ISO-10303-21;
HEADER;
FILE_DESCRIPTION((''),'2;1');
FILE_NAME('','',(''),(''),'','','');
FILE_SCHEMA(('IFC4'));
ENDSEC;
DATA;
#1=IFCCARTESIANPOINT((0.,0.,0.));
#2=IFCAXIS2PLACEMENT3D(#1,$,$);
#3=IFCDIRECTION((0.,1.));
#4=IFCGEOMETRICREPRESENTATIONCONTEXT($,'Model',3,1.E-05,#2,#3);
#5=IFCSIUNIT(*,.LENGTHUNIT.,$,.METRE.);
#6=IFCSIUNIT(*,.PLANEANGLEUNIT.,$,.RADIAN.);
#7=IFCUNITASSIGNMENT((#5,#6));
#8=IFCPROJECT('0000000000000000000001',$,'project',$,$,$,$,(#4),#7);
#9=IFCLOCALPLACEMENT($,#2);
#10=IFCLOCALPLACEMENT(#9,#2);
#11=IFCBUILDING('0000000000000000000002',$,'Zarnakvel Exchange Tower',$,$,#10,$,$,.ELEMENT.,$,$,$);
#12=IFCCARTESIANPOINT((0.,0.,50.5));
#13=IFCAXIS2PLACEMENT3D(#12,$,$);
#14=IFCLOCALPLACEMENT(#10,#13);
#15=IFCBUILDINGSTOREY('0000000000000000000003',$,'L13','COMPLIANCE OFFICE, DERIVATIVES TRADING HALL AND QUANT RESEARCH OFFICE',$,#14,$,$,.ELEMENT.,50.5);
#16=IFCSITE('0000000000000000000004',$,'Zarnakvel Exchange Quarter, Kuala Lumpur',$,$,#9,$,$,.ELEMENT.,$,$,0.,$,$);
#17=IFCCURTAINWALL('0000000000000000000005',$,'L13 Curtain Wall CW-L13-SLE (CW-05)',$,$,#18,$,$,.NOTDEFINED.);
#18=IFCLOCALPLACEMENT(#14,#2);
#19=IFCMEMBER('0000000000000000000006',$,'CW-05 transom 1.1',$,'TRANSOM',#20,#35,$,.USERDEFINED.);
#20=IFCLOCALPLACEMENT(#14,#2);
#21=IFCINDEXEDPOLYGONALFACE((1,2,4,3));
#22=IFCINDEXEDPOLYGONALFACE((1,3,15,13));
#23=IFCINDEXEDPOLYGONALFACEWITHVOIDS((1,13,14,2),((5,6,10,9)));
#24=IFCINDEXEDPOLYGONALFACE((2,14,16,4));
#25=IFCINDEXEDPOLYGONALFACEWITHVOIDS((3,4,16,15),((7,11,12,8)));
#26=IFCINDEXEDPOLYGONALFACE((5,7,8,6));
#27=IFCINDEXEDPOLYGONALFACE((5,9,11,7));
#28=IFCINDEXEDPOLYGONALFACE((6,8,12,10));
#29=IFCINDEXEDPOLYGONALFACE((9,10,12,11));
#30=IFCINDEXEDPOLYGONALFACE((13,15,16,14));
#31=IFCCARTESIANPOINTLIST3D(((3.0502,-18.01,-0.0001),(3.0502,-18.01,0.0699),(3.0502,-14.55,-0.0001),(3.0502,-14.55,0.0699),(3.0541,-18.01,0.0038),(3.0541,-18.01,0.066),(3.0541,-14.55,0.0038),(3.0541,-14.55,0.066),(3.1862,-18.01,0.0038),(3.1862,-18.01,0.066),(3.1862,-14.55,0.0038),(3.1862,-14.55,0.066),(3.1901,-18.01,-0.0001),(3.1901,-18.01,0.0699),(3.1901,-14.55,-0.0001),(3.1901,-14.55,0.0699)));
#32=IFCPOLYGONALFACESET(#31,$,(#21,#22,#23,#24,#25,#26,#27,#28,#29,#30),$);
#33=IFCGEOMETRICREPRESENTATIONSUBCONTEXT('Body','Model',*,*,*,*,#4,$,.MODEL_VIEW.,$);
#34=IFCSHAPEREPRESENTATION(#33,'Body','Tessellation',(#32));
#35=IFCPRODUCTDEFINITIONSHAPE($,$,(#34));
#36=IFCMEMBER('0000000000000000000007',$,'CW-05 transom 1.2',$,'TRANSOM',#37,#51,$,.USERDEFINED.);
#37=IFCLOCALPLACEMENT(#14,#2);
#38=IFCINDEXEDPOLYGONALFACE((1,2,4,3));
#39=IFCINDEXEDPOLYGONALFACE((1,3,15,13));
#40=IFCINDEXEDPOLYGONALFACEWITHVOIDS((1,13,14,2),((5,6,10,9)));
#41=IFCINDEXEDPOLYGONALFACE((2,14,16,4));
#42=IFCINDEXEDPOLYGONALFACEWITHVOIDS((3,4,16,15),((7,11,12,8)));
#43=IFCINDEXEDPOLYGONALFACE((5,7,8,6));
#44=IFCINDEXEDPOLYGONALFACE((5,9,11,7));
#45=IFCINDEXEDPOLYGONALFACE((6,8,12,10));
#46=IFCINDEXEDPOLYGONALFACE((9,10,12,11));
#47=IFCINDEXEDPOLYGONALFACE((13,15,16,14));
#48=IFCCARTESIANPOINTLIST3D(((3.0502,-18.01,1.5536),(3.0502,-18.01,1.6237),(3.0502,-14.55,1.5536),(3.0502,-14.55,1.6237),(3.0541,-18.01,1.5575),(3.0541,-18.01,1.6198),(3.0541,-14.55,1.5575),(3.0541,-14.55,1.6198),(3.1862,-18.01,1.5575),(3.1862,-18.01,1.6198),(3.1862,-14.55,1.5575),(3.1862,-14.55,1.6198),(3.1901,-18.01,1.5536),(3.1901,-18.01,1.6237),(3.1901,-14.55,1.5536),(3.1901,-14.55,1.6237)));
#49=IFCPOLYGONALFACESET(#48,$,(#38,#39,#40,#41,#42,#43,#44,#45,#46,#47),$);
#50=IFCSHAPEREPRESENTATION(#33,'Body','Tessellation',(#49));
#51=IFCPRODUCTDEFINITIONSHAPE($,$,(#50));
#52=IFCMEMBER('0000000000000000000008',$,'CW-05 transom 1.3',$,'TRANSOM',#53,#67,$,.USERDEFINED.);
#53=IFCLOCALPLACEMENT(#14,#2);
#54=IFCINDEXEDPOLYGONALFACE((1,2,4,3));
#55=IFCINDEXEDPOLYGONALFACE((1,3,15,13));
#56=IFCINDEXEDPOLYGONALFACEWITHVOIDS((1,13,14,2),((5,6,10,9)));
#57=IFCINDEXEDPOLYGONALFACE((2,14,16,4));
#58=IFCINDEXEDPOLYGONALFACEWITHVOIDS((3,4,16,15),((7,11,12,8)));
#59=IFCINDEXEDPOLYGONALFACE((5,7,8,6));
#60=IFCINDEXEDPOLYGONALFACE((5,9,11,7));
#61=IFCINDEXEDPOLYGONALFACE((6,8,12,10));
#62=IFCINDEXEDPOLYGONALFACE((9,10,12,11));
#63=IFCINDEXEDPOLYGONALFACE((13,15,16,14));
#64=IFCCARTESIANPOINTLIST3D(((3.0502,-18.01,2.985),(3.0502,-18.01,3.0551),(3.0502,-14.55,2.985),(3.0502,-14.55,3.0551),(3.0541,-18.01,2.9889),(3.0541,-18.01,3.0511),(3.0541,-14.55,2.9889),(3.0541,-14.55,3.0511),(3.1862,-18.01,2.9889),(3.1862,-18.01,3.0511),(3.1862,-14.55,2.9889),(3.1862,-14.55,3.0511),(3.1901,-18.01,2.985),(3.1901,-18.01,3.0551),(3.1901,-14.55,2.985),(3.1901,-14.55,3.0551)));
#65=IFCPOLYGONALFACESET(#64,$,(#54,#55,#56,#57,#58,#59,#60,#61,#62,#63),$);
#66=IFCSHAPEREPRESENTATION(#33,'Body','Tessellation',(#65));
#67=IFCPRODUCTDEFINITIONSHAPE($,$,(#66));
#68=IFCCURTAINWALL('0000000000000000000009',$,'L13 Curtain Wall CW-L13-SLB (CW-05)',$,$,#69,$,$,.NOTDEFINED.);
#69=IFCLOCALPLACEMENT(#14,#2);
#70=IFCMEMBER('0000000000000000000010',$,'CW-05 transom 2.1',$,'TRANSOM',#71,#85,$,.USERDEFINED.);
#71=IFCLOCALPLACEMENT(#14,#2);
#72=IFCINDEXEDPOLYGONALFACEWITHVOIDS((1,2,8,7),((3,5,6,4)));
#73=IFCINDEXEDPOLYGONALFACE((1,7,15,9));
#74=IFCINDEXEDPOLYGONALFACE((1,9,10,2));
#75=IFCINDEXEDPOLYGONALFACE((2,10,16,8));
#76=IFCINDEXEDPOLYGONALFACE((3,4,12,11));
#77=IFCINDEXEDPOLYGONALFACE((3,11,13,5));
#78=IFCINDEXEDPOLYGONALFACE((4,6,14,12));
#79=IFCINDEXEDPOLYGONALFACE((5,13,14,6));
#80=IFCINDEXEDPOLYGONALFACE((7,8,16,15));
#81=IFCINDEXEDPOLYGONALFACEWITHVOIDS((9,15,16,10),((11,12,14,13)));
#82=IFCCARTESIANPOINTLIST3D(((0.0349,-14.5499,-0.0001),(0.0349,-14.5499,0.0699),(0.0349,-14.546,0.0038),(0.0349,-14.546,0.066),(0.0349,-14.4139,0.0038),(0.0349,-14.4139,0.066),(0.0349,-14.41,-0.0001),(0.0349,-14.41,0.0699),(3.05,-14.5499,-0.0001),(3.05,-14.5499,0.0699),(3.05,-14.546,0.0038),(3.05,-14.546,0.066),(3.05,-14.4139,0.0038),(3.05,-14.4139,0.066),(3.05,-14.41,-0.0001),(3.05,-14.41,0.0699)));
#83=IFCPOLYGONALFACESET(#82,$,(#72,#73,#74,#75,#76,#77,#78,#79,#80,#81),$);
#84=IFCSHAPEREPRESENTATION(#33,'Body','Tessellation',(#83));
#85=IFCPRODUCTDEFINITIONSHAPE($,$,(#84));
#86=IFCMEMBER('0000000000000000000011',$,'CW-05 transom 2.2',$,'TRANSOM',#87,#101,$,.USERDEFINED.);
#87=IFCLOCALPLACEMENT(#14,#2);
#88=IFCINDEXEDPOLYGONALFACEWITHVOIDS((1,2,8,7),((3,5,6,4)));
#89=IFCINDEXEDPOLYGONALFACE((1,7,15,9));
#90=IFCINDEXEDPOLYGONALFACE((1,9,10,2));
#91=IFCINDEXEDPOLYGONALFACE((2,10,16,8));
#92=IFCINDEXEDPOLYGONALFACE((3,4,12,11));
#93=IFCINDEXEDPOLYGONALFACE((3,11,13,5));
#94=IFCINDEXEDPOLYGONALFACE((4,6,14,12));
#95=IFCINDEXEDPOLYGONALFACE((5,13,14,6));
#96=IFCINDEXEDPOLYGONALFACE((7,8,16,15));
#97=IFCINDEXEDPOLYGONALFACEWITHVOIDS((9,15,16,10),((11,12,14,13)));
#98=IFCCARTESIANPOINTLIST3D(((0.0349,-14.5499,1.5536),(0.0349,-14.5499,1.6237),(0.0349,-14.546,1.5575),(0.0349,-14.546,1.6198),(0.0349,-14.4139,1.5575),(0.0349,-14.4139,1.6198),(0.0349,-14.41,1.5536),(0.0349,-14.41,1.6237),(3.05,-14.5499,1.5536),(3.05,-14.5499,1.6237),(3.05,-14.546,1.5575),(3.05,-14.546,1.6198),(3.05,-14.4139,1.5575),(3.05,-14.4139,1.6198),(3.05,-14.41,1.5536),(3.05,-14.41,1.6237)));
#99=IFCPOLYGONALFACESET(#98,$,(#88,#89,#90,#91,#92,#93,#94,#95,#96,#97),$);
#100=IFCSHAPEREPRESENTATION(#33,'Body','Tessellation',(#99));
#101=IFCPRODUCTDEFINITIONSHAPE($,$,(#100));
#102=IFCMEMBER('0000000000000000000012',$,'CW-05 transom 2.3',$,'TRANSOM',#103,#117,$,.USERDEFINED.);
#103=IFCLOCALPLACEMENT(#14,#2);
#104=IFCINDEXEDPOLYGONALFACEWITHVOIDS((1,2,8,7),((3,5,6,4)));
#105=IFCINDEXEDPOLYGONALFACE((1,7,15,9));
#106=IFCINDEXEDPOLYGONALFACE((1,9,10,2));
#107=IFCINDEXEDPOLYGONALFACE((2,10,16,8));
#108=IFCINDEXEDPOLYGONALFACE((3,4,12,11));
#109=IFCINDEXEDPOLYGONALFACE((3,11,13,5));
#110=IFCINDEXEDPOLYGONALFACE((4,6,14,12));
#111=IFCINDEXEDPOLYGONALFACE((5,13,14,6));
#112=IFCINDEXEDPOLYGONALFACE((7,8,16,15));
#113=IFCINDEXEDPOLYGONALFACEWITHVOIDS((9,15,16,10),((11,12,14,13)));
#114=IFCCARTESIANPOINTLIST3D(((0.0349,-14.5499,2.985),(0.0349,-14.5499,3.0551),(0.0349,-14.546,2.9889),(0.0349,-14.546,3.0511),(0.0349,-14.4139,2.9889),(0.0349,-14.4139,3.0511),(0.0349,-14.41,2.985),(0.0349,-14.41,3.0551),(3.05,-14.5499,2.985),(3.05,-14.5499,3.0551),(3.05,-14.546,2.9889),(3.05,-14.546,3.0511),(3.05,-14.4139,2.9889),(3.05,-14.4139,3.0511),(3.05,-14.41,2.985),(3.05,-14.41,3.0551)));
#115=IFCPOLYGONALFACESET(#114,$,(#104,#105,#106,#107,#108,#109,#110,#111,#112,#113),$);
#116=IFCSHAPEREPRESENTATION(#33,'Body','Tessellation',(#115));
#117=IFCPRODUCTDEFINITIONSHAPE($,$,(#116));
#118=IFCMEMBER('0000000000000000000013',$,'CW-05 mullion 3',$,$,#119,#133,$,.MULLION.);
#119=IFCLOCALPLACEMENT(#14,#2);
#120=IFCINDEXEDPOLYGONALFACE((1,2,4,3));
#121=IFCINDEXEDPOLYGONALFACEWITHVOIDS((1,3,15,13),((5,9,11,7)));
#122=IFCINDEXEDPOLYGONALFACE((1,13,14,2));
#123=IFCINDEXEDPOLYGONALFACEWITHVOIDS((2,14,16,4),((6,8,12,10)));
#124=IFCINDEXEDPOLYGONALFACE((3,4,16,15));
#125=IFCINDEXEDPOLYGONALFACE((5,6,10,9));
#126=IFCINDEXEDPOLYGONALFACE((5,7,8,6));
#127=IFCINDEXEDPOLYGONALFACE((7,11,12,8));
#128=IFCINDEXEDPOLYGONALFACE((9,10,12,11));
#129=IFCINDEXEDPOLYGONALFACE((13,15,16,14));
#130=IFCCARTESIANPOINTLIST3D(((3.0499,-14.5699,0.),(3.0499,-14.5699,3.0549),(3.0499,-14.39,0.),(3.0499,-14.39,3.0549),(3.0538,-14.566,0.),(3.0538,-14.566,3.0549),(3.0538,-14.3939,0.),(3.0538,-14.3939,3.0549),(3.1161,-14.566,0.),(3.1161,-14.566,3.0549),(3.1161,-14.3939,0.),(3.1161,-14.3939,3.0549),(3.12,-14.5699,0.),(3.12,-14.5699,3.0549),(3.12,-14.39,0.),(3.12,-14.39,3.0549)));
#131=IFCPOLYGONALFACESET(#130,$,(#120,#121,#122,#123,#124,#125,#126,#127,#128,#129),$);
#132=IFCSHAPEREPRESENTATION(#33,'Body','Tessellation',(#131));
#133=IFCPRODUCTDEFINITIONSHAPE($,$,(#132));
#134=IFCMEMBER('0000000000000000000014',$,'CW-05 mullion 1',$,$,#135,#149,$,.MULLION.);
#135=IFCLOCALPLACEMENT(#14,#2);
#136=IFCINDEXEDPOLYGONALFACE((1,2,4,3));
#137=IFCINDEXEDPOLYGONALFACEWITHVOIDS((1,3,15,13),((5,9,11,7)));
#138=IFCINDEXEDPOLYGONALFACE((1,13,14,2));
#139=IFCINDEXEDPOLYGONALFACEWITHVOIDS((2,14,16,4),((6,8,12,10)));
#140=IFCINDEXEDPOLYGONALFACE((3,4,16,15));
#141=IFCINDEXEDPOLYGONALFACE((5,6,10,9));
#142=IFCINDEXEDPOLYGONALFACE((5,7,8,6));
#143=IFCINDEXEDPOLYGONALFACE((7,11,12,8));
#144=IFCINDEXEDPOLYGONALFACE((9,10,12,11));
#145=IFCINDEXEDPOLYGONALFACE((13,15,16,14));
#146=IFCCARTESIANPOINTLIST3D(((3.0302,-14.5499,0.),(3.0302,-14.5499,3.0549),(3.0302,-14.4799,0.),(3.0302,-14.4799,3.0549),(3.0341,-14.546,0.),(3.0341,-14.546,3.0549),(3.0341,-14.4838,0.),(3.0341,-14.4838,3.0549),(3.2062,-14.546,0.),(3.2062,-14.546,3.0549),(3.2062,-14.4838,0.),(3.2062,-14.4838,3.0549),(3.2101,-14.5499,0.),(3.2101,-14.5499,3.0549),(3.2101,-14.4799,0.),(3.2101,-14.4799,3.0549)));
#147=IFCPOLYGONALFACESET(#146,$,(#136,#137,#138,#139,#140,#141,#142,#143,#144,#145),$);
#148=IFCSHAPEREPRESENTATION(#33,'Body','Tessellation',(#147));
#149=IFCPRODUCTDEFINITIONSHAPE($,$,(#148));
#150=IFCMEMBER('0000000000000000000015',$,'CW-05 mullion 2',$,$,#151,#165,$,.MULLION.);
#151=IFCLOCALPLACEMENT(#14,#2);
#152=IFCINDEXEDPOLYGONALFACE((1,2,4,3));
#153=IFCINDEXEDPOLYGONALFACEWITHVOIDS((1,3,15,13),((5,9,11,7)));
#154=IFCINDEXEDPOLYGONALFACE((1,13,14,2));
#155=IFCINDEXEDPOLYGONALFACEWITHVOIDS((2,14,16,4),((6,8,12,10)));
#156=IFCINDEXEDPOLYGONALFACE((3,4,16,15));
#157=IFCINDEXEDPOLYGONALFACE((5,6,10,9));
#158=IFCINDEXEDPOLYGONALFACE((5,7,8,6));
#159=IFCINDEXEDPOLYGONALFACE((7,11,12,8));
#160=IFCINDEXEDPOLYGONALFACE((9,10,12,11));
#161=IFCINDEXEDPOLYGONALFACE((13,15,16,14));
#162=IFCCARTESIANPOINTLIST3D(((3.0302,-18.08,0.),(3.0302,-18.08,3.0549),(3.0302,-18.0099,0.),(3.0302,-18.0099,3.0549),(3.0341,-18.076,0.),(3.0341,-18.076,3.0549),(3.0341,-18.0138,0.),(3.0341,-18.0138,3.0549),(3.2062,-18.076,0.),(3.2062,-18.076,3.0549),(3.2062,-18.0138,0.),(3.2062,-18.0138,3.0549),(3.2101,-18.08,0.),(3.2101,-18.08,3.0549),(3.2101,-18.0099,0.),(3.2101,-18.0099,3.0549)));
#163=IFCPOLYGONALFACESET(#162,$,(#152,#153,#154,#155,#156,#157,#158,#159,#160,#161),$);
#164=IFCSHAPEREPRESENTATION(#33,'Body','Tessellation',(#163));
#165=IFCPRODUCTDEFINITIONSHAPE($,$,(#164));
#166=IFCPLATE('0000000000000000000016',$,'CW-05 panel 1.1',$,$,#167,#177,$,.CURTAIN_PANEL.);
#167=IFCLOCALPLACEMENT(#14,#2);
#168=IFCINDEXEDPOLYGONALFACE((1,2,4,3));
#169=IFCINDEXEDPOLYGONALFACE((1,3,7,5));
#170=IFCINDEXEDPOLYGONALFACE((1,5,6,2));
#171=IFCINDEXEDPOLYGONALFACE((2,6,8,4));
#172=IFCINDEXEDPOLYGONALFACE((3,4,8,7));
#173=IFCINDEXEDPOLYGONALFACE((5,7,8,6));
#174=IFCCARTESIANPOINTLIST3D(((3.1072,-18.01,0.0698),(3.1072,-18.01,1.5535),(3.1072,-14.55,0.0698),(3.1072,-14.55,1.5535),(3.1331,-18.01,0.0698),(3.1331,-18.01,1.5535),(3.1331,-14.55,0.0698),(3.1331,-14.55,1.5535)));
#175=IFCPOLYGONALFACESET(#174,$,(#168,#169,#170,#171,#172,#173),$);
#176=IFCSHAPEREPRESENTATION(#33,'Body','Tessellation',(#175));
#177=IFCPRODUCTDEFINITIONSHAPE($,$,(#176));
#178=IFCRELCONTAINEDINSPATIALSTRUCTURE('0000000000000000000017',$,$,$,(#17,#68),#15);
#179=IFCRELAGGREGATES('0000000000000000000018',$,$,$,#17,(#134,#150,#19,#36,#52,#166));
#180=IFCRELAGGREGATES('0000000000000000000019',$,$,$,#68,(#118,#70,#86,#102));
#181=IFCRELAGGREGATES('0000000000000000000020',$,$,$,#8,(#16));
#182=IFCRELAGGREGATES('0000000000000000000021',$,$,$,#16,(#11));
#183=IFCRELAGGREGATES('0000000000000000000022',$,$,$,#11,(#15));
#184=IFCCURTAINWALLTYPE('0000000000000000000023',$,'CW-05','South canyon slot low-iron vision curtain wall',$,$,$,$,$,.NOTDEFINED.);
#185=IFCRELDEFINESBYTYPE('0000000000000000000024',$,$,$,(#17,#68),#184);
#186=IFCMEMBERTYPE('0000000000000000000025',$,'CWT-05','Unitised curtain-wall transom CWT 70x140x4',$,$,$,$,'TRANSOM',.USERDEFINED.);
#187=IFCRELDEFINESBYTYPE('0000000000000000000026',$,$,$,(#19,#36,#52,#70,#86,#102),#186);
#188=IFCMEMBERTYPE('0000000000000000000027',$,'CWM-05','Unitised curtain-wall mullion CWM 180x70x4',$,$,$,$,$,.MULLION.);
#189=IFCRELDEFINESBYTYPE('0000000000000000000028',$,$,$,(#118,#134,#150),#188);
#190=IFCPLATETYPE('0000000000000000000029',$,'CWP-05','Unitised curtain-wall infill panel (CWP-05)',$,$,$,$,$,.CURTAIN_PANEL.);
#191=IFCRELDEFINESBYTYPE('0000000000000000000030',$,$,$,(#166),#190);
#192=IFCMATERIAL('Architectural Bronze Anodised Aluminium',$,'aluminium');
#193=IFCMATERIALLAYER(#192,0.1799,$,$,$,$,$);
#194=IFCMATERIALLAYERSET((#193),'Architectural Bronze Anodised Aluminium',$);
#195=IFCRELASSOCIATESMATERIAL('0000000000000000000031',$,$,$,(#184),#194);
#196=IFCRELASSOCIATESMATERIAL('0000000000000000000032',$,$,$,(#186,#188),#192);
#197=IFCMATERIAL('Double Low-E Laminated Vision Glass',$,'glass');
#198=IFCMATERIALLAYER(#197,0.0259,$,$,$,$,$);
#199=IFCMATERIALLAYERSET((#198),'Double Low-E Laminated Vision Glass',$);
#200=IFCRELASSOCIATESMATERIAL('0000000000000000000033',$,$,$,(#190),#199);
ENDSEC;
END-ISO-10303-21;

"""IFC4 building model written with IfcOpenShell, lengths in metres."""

from ifc_helpers import new_model, si_unit, direction, frame, origin, origin_2d, place, context, subcontext, project, spatial, rectangle, hollow_rectangle, extrude, source, transform, mapped, material, layer, layer_set, material_profile, profile_set, type_object, element, aggregate, save


model = new_model("IFC4")

# Units and contexts
model_context = context("Model", 3, precision=1e-05, world=origin(), true_north=direction((0.0, 1.0)))
body_context = subcontext(model_context, "Body", "Model", "MODEL_VIEW")
ifc_project = project(units=[si_unit("LENGTHUNIT", "METRE"), si_unit("PLANEANGLEUNIT", "RADIAN")], contexts=[model_context])

# Site, building, storey
site_placement = place(None, origin())
site = spatial("IfcSite", under=ifc_project, at=site_placement, Name="Zarnakvel Exchange Quarter, Kuala Lumpur", CompositionType="ELEMENT", RefElevation=0.0)
building_placement = place(site_placement, origin())
building = spatial("IfcBuilding", under=site, at=building_placement, Name="Zarnakvel Exchange Tower", CompositionType="ELEMENT")
storey_placement = place(building_placement, frame((0.0, 0.0, 50.5)))
storey = spatial("IfcBuildingStorey", under=building, at=storey_placement, Name="L13", Description="COMPLIANCE OFFICE, DERIVATIVES TRADING HALL AND QUANT RESEARCH OFFICE", CompositionType="ELEMENT", Elevation=50.5)

# Curtain walls, members
ifc_material_1 = material(Name="Architectural Bronze Anodised Aluminium", Category="aluminium")
ifc_layer_1 = layer(ifc_material_1, 0.1799)
ifc_layer_set_1 = layer_set([ifc_layer_1], Name="Architectural Bronze Anodised Aluminium")
curtain_wall_type = type_object("IfcCurtainWallType", Name="CW-05", Description="South canyon slot low-iron vision curtain wall", PredefinedType="NOTDEFINED", material=ifc_layer_set_1)
curtain_wall_1_placement = place(storey_placement, origin())
curtain_wall_1 = element("IfcCurtainWall", 1, at=curtain_wall_1_placement, inside=storey, type_object=curtain_wall_type, Name="L13 Curtain Wall CW-L13-SLE (CW-05)", PredefinedType="NOTDEFINED")
ifc_material_profile_1 = material_profile(ifc_material_1, hollow_rectangle(XDim=0.1399, YDim=0.0701, WallThickness=0.0039, at=origin_2d()))
ifc_profile_set_1 = profile_set([ifc_material_profile_1], Name="Architectural Bronze Anodised Aluminium")
member_type_1 = type_object("IfcMemberType", Name="CWT-05", Description="Unitised curtain-wall transom CWT 70x140x4", ElementType="TRANSOM", PredefinedType="USERDEFINED", material=ifc_profile_set_1)
shared_shape_1 = source(origin(), body_context, "Body", "SweptSolid", [
    extrude(hollow_rectangle(XDim=0.1399, YDim=0.0701, WallThickness=0.0039, at=origin_2d()), origin(), (0.0, 0.0, 1.0), 3.46),
])
member_1_placement = place(storey_placement, frame((3.1201, -14.55, 0.0349), z_axis=(0.0, -1.0, 0.0), x_axis=(1.0, 0.0, 0.0)))
member_1 = element("IfcMember", 2, at=member_1_placement, type_object=member_type_1, Name="CW-05 transom 1.1", ObjectType="TRANSOM", PredefinedType="USERDEFINED", context=body_context, shape_type="MappedRepresentation", body=[
    mapped(shared_shape_1, transform((0.0, 0.0, 0.0), x_axis=(1.0, 0.0, 0.0), y_axis=(0.0, 1.0, 0.0), z_axis=(0.0, 0.0, 1.0), scale=1.0)),
])
member_2_placement = place(storey_placement, frame((3.1201, -14.55, 1.5886), z_axis=(0.0, -1.0, 0.0), x_axis=(1.0, 0.0, 0.0)))
member_2 = element("IfcMember", 3, at=member_2_placement, type_object=member_type_1, Name="CW-05 transom 1.2", ObjectType="TRANSOM", PredefinedType="USERDEFINED", context=body_context, shape_type="MappedRepresentation", body=[
    mapped(shared_shape_1, transform((0.0, 0.0, 0.0), x_axis=(1.0, 0.0, 0.0), y_axis=(0.0, 1.0, 0.0), z_axis=(0.0, 0.0, 1.0), scale=1.0)),
])
member_3_placement = place(storey_placement, frame((3.1201, -14.55, 3.02), z_axis=(0.0, -1.0, 0.0), x_axis=(1.0, 0.0, 0.0)))
member_3 = element("IfcMember", 4, at=member_3_placement, type_object=member_type_1, Name="CW-05 transom 1.3", ObjectType="TRANSOM", PredefinedType="USERDEFINED", context=body_context, shape_type="MappedRepresentation", body=[
    mapped(shared_shape_1, transform((0.0, 0.0, 0.0), x_axis=(1.0, 0.0, 0.0), y_axis=(0.0, 1.0, 0.0), z_axis=(0.0, 0.0, 1.0), scale=1.0)),
])
curtain_wall_2_placement = place(storey_placement, origin())
curtain_wall_2 = element("IfcCurtainWall", 5, at=curtain_wall_2_placement, inside=storey, type_object=curtain_wall_type, Name="L13 Curtain Wall CW-L13-SLB (CW-05)", PredefinedType="NOTDEFINED")
shared_shape_2 = source(origin(), body_context, "Body", "SweptSolid", [
    extrude(hollow_rectangle(XDim=0.1399, YDim=0.0701, WallThickness=0.0039, at=origin_2d()), origin(), (0.0, 0.0, 1.0), 3.0151),
])
member_4_placement = place(storey_placement, frame((0.0349, -14.48, 0.0349), z_axis=(1.0, 0.0, 0.0), x_axis=(0.0, 1.0, 0.0)))
member_4 = element("IfcMember", 6, at=member_4_placement, type_object=member_type_1, Name="CW-05 transom 2.1", ObjectType="TRANSOM", PredefinedType="USERDEFINED", context=body_context, shape_type="MappedRepresentation", body=[
    mapped(shared_shape_2, transform((0.0, 0.0, 0.0), x_axis=(1.0, 0.0, 0.0), y_axis=(0.0, 1.0, 0.0), z_axis=(0.0, 0.0, 1.0), scale=1.0)),
])
member_5_placement = place(storey_placement, frame((0.0349, -14.48, 1.5886), z_axis=(1.0, 0.0, 0.0), x_axis=(0.0, 1.0, 0.0)))
member_5 = element("IfcMember", 7, at=member_5_placement, type_object=member_type_1, Name="CW-05 transom 2.2", ObjectType="TRANSOM", PredefinedType="USERDEFINED", context=body_context, shape_type="MappedRepresentation", body=[
    mapped(shared_shape_2, transform((0.0, 0.0, 0.0), x_axis=(1.0, 0.0, 0.0), y_axis=(0.0, 1.0, 0.0), z_axis=(0.0, 0.0, 1.0), scale=1.0)),
])
member_6_placement = place(storey_placement, frame((0.0349, -14.48, 3.02), z_axis=(1.0, 0.0, 0.0), x_axis=(0.0, 1.0, 0.0)))
member_6 = element("IfcMember", 8, at=member_6_placement, type_object=member_type_1, Name="CW-05 transom 2.3", ObjectType="TRANSOM", PredefinedType="USERDEFINED", context=body_context, shape_type="MappedRepresentation", body=[
    mapped(shared_shape_2, transform((0.0, 0.0, 0.0), x_axis=(1.0, 0.0, 0.0), y_axis=(0.0, 1.0, 0.0), z_axis=(0.0, 0.0, 1.0), scale=1.0)),
])
ifc_material_profile_2 = material_profile(ifc_material_1, hollow_rectangle(XDim=0.1799, YDim=0.0701, WallThickness=0.0039, at=origin_2d()))
ifc_profile_set_2 = profile_set([ifc_material_profile_2], Name="Architectural Bronze Anodised Aluminium")
member_type_2 = type_object("IfcMemberType", Name="CWM-05", Description="Unitised curtain-wall mullion CWM 180x70x4", PredefinedType="MULLION", material=ifc_profile_set_2)
shared_shape_3 = source(origin(), body_context, "Body", "SweptSolid", [
    extrude(hollow_rectangle(XDim=0.1799, YDim=0.0701, WallThickness=0.0039, at=origin_2d()), origin(), (0.0, 0.0, 1.0), 3.0549),
])
member_7_placement = place(storey_placement, frame((3.085, -14.48, 0.0), z_axis=(0.0, 0.0, 1.0), x_axis=(0.0, 1.0, 0.0)))
member_7 = element("IfcMember", 9, at=member_7_placement, type_object=member_type_2, Name="CW-05 mullion 3", PredefinedType="MULLION", context=body_context, shape_type="MappedRepresentation", body=[
    mapped(shared_shape_3, transform((0.0, 0.0, 0.0), x_axis=(1.0, 0.0, 0.0), y_axis=(0.0, 1.0, 0.0), z_axis=(0.0, 0.0, 1.0), scale=1.0)),
])

# Members
member_8_placement = place(storey_placement, frame((3.1201, -14.5149, 0.0), z_axis=(0.0, 0.0, 1.0), x_axis=(1.0, 0.0, 0.0)))
member_8 = element("IfcMember", 10, at=member_8_placement, type_object=member_type_2, Name="CW-05 mullion 1", PredefinedType="MULLION", context=body_context, shape_type="MappedRepresentation", body=[
    mapped(shared_shape_3, transform((0.0, 0.0, 0.0), x_axis=(1.0, 0.0, 0.0), y_axis=(0.0, 1.0, 0.0), z_axis=(0.0, 0.0, 1.0), scale=1.0)),
])
member_9_placement = place(storey_placement, frame((3.1201, -18.0449, 0.0), z_axis=(0.0, 0.0, 1.0), x_axis=(1.0, 0.0, 0.0)))
member_9 = element("IfcMember", 11, at=member_9_placement, type_object=member_type_2, Name="CW-05 mullion 2", PredefinedType="MULLION", context=body_context, shape_type="MappedRepresentation", body=[
    mapped(shared_shape_3, transform((0.0, 0.0, 0.0), x_axis=(1.0, 0.0, 0.0), y_axis=(0.0, 1.0, 0.0), z_axis=(0.0, 0.0, 1.0), scale=1.0)),
])

# Plate
ifc_material_2 = material(Name="Double Low-E Laminated Vision Glass", Category="glass")
ifc_layer_2 = layer(ifc_material_2, 0.0259)
ifc_layer_set_2 = layer_set([ifc_layer_2], Name="Double Low-E Laminated Vision Glass")
plate_type = type_object("IfcPlateType", Name="CWP-05", Description="Unitised curtain-wall infill panel (CWP-05)", PredefinedType="CURTAIN_PANEL", material=ifc_layer_set_2)
shared_shape_4 = source(origin(), body_context, "Body", "SweptSolid", [
    extrude(rectangle(XDim=3.46, YDim=0.0259, at=origin_2d()), origin(), (0.0, 0.0, 1.0), 1.4836),
])
plate_1_placement = place(storey_placement, frame((3.1201, -16.28, 0.0698), z_axis=(0.0, 0.0, 1.0), x_axis=(0.0, -1.0, 0.0)))
plate_1 = element("IfcPlate", 12, at=plate_1_placement, type_object=plate_type, Name="CW-05 panel 1.1", PredefinedType="CURTAIN_PANEL", context=body_context, shape_type="MappedRepresentation", body=[
    mapped(shared_shape_4, transform((0.0, 0.0, 0.0), x_axis=(1.0, 0.0, 0.0), y_axis=(0.0, 1.0, 0.0), z_axis=(0.0, 0.0, 1.0), scale=1.0)),
])
aggregate(curtain_wall_1, [member_8, member_9, member_1, member_2, member_3, plate_1])
aggregate(curtain_wall_2, [member_7, member_4, member_5, member_6])

save(model, "model.ifc")
